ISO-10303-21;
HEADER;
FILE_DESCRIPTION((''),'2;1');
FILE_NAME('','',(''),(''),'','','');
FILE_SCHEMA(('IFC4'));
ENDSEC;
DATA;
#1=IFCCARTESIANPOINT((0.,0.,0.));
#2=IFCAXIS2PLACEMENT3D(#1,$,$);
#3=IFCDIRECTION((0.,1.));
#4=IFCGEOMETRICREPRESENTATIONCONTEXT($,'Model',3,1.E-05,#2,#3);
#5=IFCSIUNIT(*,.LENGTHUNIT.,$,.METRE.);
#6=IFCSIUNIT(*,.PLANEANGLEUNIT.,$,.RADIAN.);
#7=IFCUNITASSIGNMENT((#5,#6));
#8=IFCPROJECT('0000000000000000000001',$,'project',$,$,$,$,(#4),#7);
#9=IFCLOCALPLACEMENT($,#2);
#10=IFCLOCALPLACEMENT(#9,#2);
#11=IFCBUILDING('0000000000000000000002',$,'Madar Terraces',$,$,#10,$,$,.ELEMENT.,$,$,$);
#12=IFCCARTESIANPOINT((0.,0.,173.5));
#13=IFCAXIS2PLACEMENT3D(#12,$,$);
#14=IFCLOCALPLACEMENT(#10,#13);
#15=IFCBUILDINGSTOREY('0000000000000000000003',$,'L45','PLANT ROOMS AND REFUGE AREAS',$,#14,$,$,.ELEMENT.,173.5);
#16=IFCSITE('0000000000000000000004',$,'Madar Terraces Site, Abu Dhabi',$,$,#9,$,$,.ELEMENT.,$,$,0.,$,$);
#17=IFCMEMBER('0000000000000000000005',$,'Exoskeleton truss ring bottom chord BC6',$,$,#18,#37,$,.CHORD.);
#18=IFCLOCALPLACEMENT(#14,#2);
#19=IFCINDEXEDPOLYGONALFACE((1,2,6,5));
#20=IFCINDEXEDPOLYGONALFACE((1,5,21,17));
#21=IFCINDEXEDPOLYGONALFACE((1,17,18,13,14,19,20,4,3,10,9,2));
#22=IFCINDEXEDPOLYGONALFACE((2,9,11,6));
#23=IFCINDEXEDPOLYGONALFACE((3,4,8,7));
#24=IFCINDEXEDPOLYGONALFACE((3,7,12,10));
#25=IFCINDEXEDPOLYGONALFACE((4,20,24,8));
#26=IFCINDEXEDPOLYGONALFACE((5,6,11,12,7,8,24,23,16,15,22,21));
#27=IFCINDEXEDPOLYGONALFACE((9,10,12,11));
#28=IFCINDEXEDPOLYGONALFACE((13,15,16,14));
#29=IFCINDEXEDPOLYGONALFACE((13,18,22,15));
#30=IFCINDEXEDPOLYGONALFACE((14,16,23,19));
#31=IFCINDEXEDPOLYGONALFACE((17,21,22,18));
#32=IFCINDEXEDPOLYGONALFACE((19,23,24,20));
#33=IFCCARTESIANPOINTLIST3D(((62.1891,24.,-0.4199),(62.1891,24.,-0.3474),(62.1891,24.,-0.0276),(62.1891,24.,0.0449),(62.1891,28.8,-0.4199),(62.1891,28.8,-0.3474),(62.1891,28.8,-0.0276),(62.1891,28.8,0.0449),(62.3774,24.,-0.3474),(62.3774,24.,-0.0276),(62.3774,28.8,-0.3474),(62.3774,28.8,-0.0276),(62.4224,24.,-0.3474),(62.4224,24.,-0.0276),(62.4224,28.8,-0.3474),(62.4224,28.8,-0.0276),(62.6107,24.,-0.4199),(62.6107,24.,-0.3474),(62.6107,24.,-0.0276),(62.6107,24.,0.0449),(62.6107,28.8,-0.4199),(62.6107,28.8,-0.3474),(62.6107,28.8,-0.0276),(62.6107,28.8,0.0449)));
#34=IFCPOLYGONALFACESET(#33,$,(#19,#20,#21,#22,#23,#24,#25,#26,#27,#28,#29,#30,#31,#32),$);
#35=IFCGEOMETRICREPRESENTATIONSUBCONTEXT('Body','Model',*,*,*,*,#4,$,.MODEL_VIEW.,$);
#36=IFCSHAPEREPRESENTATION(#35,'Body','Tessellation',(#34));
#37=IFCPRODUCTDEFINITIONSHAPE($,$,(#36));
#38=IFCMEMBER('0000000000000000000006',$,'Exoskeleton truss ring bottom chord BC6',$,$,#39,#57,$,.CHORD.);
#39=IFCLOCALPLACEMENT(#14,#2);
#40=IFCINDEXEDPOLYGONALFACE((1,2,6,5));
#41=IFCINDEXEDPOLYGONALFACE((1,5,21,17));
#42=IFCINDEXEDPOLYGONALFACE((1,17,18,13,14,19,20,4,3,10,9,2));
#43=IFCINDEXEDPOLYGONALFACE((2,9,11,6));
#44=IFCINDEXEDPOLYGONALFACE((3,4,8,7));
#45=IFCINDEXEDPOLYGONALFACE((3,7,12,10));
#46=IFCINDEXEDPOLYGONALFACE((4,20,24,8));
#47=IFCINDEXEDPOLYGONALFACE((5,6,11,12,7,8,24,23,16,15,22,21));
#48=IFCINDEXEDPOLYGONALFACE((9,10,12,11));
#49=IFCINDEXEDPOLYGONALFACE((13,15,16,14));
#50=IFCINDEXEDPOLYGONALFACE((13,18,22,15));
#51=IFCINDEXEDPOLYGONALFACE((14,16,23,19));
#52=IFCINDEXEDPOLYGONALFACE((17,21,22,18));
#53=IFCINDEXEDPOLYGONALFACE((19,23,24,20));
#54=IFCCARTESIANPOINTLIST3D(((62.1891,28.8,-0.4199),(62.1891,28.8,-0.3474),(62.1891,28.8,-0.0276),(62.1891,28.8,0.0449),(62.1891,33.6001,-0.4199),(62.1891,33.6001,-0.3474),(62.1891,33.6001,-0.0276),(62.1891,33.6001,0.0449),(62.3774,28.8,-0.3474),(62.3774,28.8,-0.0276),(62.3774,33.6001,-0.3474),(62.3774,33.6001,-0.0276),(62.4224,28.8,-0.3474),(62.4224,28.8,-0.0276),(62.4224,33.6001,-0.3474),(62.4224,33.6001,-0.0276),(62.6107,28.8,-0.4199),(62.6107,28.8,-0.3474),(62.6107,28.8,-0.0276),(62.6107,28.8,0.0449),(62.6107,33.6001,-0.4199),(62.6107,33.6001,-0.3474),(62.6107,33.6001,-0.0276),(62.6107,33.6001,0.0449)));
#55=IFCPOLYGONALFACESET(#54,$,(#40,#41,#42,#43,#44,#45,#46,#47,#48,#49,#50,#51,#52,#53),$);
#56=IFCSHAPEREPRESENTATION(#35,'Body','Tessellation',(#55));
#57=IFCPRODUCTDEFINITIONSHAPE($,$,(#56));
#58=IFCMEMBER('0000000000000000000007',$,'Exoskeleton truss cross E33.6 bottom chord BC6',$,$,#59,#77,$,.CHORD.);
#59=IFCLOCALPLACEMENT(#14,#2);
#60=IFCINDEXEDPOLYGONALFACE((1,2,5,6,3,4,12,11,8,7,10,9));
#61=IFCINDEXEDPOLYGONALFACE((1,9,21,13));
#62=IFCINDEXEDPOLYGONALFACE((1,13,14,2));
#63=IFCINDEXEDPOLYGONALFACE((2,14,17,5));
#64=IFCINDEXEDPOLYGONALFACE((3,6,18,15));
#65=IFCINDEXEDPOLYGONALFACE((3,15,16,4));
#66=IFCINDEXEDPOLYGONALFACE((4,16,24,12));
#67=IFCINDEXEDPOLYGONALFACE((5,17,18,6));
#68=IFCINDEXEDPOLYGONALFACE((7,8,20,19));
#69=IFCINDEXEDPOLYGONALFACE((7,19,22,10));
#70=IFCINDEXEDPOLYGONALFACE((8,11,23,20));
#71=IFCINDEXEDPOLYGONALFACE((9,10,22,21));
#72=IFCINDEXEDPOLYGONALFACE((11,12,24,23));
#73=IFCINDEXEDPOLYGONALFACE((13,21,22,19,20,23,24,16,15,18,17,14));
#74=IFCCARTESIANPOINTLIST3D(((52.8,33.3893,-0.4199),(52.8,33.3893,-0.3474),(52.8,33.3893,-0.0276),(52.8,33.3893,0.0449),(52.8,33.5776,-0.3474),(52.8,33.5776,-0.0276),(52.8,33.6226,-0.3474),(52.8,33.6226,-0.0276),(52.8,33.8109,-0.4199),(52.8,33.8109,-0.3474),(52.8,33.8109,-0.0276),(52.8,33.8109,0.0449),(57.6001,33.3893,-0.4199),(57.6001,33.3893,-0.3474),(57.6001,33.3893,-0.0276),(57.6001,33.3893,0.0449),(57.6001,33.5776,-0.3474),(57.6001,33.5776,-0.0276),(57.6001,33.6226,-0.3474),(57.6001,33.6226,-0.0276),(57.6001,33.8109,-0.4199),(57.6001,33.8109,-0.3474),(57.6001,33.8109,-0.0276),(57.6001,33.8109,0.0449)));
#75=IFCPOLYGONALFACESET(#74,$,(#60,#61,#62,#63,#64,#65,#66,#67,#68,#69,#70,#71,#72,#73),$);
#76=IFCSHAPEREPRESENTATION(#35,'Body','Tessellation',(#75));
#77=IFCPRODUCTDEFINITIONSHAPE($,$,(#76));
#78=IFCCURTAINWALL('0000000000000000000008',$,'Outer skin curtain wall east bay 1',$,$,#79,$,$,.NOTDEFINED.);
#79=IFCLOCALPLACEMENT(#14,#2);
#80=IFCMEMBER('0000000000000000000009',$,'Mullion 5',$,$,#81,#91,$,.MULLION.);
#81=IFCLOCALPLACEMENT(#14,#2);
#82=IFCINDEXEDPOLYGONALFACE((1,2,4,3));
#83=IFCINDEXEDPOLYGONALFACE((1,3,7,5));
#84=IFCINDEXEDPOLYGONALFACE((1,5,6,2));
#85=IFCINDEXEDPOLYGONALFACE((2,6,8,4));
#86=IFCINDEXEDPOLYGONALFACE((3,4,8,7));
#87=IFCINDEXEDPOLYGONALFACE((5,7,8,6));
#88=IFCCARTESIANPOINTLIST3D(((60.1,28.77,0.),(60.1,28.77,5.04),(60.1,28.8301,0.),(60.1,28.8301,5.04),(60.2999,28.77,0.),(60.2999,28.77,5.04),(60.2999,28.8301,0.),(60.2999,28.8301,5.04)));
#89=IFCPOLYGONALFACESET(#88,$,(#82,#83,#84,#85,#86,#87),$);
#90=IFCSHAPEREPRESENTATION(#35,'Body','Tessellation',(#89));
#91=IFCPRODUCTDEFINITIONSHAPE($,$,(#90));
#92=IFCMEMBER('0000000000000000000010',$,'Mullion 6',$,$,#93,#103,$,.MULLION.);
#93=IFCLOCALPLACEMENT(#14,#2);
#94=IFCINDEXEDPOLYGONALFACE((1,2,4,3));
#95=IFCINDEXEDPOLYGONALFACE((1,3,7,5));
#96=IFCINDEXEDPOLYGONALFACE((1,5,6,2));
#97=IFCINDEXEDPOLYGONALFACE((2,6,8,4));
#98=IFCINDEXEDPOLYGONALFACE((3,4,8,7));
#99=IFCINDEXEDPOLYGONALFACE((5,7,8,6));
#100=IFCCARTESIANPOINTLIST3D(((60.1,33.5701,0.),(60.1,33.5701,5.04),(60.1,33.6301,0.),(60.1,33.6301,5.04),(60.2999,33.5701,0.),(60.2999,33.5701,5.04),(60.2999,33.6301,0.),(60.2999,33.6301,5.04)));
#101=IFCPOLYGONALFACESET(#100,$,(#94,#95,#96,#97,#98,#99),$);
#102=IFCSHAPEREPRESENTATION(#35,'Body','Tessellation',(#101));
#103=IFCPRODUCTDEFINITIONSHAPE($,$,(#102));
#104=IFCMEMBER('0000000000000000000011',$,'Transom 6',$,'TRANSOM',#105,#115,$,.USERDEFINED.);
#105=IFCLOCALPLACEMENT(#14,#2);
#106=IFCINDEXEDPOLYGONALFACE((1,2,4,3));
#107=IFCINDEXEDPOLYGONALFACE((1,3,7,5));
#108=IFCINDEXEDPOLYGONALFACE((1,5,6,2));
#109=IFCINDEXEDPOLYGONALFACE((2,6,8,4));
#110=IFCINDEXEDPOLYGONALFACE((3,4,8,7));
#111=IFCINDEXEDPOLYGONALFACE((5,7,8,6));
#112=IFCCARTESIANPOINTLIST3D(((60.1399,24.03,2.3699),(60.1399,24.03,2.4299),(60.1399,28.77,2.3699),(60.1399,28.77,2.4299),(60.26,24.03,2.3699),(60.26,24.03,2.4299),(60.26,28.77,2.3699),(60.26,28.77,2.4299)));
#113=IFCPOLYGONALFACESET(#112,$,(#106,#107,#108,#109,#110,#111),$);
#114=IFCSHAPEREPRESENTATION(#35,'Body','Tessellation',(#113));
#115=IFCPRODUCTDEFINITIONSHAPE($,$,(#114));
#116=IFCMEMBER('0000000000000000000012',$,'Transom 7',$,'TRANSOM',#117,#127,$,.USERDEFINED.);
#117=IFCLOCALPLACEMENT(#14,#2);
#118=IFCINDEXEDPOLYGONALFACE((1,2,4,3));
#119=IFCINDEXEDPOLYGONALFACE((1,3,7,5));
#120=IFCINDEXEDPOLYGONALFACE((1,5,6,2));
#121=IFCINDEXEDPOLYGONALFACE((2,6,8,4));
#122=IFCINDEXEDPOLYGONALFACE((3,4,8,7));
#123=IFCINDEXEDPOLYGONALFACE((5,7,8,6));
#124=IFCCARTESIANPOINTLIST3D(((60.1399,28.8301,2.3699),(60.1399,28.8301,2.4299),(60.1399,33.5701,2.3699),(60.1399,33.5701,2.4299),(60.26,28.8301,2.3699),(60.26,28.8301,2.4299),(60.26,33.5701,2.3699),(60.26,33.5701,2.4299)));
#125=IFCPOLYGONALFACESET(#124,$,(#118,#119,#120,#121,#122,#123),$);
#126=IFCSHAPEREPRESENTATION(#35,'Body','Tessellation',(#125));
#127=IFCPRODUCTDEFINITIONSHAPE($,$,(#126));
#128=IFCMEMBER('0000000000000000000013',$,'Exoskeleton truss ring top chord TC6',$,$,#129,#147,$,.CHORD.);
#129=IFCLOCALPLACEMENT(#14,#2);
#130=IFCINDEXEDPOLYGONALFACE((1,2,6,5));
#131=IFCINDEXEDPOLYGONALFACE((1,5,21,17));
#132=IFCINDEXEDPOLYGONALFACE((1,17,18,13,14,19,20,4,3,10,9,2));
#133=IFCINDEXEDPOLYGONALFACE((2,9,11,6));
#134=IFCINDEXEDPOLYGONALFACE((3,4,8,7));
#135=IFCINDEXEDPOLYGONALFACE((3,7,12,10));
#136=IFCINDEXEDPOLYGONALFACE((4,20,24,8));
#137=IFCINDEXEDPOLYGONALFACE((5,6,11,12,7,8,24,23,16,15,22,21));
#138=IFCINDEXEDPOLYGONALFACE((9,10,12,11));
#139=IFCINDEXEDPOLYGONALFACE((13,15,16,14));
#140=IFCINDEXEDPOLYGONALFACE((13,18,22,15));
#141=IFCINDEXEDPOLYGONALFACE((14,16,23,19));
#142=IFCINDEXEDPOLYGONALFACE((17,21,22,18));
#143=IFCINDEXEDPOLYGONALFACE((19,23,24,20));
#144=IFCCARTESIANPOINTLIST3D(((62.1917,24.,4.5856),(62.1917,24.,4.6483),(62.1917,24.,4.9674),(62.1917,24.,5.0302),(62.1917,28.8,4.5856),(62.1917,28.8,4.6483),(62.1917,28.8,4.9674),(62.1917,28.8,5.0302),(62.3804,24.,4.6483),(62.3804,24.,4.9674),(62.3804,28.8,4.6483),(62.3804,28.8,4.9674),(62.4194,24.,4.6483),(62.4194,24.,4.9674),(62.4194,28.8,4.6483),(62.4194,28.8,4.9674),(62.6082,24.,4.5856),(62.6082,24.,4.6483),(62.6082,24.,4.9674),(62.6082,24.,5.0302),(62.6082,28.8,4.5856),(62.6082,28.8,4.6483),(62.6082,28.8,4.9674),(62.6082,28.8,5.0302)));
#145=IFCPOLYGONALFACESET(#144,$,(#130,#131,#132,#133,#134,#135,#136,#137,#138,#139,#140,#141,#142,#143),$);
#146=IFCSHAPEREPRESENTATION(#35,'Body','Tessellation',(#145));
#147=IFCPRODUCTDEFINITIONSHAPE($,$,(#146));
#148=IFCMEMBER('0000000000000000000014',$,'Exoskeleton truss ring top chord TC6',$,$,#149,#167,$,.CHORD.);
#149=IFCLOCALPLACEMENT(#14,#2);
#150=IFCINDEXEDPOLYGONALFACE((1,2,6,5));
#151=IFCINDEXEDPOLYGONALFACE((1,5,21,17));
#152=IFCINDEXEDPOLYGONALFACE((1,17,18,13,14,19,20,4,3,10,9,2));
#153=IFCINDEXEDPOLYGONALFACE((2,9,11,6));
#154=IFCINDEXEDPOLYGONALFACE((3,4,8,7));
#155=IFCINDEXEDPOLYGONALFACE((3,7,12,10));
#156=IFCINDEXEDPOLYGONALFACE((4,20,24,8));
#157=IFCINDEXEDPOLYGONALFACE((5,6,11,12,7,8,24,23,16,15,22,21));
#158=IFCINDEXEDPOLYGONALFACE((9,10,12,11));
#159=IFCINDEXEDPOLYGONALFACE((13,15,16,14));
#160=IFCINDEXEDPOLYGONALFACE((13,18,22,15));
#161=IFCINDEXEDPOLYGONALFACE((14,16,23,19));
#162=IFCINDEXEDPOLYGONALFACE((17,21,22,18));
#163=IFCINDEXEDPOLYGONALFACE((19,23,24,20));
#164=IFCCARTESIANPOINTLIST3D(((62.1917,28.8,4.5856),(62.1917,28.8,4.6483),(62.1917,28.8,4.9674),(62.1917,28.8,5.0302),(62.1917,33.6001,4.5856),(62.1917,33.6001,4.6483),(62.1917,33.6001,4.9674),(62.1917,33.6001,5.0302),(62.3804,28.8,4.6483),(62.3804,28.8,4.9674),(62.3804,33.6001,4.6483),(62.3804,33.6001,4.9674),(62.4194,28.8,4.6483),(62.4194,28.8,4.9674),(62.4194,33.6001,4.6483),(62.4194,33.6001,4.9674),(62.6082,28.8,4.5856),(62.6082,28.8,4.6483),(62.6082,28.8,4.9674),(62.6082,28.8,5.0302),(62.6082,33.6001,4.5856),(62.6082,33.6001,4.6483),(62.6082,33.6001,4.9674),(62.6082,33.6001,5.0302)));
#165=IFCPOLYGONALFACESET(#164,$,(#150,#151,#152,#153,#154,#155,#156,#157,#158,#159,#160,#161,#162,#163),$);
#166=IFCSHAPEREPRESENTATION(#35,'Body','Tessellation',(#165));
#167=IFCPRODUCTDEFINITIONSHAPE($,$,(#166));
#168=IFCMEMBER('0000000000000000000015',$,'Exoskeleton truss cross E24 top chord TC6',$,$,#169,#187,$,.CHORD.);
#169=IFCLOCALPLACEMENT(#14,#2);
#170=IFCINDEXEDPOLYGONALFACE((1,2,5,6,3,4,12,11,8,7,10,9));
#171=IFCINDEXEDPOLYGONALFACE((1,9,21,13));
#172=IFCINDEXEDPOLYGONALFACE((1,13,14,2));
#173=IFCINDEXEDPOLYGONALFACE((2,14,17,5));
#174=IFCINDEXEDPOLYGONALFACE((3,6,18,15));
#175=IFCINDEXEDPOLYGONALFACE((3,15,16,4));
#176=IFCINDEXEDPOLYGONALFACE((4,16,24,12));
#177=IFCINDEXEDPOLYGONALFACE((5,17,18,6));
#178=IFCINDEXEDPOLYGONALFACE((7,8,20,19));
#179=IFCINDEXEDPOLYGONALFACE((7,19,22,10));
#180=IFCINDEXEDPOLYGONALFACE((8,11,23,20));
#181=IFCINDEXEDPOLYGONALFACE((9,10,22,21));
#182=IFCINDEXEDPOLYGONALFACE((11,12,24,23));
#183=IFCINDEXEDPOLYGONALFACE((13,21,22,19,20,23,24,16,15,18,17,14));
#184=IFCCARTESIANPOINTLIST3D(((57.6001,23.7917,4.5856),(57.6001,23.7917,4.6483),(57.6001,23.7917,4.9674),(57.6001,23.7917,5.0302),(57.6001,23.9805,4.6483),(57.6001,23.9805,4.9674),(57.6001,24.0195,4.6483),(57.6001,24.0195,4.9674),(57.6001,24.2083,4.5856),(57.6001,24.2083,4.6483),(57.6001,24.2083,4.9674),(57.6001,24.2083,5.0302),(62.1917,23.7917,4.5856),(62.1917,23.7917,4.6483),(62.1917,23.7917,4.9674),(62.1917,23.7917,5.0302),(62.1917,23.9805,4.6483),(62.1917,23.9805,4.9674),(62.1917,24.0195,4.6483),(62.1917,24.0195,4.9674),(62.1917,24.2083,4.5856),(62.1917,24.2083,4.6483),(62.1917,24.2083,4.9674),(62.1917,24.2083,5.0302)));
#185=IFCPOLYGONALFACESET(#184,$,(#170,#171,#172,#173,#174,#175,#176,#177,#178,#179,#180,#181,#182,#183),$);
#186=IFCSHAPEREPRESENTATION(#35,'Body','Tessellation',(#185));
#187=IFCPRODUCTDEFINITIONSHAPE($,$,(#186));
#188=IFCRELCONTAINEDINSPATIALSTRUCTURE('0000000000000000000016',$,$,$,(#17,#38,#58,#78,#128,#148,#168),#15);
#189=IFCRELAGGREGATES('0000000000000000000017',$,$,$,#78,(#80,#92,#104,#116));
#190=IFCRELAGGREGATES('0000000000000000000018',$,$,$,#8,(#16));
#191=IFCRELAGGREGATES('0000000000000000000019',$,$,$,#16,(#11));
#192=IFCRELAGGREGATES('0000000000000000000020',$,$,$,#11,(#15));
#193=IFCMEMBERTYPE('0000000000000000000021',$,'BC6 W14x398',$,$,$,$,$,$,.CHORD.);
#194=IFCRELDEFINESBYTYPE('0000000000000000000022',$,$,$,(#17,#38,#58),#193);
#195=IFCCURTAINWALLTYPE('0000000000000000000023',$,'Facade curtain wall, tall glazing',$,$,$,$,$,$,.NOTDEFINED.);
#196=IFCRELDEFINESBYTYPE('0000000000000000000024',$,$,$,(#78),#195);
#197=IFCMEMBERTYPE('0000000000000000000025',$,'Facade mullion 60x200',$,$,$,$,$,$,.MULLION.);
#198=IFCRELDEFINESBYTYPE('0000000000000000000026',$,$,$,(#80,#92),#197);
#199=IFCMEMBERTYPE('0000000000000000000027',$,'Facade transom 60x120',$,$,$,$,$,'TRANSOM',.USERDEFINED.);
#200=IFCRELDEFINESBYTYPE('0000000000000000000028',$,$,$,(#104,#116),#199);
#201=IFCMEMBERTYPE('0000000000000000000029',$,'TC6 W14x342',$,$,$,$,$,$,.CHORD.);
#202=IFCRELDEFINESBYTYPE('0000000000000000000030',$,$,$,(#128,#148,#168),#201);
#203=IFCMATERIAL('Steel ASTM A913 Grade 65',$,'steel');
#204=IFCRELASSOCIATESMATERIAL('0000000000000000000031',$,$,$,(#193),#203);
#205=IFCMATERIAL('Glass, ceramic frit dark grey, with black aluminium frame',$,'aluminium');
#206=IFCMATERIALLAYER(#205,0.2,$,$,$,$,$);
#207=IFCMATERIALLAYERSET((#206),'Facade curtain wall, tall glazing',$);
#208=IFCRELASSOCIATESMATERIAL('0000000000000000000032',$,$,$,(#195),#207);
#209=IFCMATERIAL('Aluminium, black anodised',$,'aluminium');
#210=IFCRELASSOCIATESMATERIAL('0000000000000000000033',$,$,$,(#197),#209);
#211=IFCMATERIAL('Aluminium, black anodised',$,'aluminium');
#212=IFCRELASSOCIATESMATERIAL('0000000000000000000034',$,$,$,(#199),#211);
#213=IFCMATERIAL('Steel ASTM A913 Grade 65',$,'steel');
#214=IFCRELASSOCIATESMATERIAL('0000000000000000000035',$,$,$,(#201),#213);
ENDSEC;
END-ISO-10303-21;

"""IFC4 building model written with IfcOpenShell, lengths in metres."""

from ifc_helpers import new_model, si_unit, direction, frame, origin, origin_2d, place, context, subcontext, project, spatial, rectangle, i_section, extrude, material, layer, layer_set, material_profile, profile_set, type_object, element, aggregate, save


model = new_model("IFC4")

# Units and contexts
model_context = context("Model", 3, precision=1e-05, world=origin(), true_north=direction((0.0, 1.0)))
body_context = subcontext(model_context, "Body", "Model", "MODEL_VIEW")
ifc_project = project(units=[si_unit("LENGTHUNIT", "METRE"), si_unit("PLANEANGLEUNIT", "RADIAN")], contexts=[model_context])

# Site, building, storey
site_placement = place(None, origin())
site = spatial("IfcSite", under=ifc_project, at=site_placement, Name="Madar Terraces Site, Abu Dhabi", CompositionType="ELEMENT", RefElevation=0.0)
building_placement = place(site_placement, origin())
building = spatial("IfcBuilding", under=site, at=building_placement, Name="Madar Terraces", CompositionType="ELEMENT")
storey_placement = place(building_placement, frame((0.0, 0.0, 173.5)))
storey = spatial("IfcBuildingStorey", under=building, at=storey_placement, Name="L45", Description="PLANT ROOMS AND REFUGE AREAS", CompositionType="ELEMENT", Elevation=173.5)

# Members
ifc_material_1 = material(Name="Steel ASTM A913 Grade 65", Category="steel")
ifc_material_profile_1 = material_profile(ifc_material_1, i_section(OverallWidth=0.4216, OverallDepth=0.4648, WebThickness=0.0449, FlangeThickness=0.0725, at=origin_2d()), Name="W14x398")
ifc_profile_set_1 = profile_set([ifc_material_profile_1], Name="Steel ASTM A913 Grade 65")
member_type_1 = type_object("IfcMemberType", Name="BC6 W14x398", PredefinedType="CHORD", material=ifc_profile_set_1)
for number, where, z_axis, x_axis, name in (
    (1, (62.3999, 24.0, -0.1875), (0.0, 1.0, 0.0), (-1.0, 0.0, 0.0), "Exoskeleton truss ring bottom chord BC6"),
    (2, (62.3999, 28.8, -0.1875), (0.0, 1.0, 0.0), (-1.0, 0.0, 0.0), "Exoskeleton truss ring bottom chord BC6"),
    (3, (57.6001, 33.6001, -0.1875), (-1.0, 0.0, 0.0), (0.0, -1.0, 0.0), "Exoskeleton truss cross E33.6 bottom chord BC6"),
):
    element("IfcMember", number, at=place(storey_placement, frame(where, z_axis=z_axis, x_axis=x_axis)), inside=storey, type_object=member_type_1, Name=name, PredefinedType="CHORD", context=body_context, shape_type="SweptSolid", body=[
        extrude(i_section(OverallWidth=0.4216, OverallDepth=0.4648, WebThickness=0.0449, FlangeThickness=0.0725, at=origin_2d()), origin(), (0.0, 0.0, 1.0), 4.8),
    ])

# Curtain wall, members
ifc_material_2 = material(Name="Glass, ceramic frit dark grey, with black aluminium frame", Category="aluminium")
ifc_layer_1 = layer(ifc_material_2, 0.2)
ifc_layer_set_1 = layer_set([ifc_layer_1], Name="Facade curtain wall, tall glazing")
curtain_wall_type = type_object("IfcCurtainWallType", Name="Facade curtain wall, tall glazing", PredefinedType="NOTDEFINED", material=ifc_layer_set_1)
curtain_wall_placement = place(storey_placement, origin())
curtain_wall = element("IfcCurtainWall", 4, at=curtain_wall_placement, inside=storey, type_object=curtain_wall_type, Name="Outer skin curtain wall east bay 1", PredefinedType="NOTDEFINED")
ifc_material_3 = material(Name="Aluminium, black anodised", Category="aluminium")
ifc_material_profile_2 = material_profile(ifc_material_3, rectangle(XDim=0.2, YDim=0.0601, at=origin_2d()), Name="Facade mullion 60x200")
ifc_profile_set_2 = profile_set([ifc_material_profile_2], Name="Aluminium, black anodised")
member_type_2 = type_object("IfcMemberType", Name="Facade mullion 60x200", PredefinedType="MULLION", material=ifc_profile_set_2)
member_1_placement = place(storey_placement, frame((60.2, 28.8, 0.0), z_axis=(0.0, 0.0, 1.0), x_axis=(-1.0, 0.0, 0.0)))
member_1 = element("IfcMember", 5, at=member_1_placement, type_object=member_type_2, Name="Mullion 5", PredefinedType="MULLION", context=body_context, shape_type="SweptSolid", body=[
    extrude(rectangle(XDim=0.2, YDim=0.0601, at=origin_2d()), origin(), (0.0, 0.0, 1.0), 5.04),
])
member_2_placement = place(storey_placement, frame((60.2, 33.6001, 0.0), z_axis=(0.0, 0.0, 1.0), x_axis=(-1.0, 0.0, 0.0)))
member_2 = element("IfcMember", 6, at=member_2_placement, type_object=member_type_2, Name="Mullion 6", PredefinedType="MULLION", context=body_context, shape_type="SweptSolid", body=[
    extrude(rectangle(XDim=0.2, YDim=0.0601, at=origin_2d()), origin(), (0.0, 0.0, 1.0), 5.04),
])
ifc_material_4 = material(Name="Aluminium, black anodised", Category="aluminium")
ifc_material_profile_3 = material_profile(ifc_material_4, rectangle(XDim=0.1201, YDim=0.0601, at=origin_2d()), Name="Facade transom 60x120")
ifc_profile_set_3 = profile_set([ifc_material_profile_3], Name="Aluminium, black anodised")
member_type_3 = type_object("IfcMemberType", Name="Facade transom 60x120", ElementType="TRANSOM", PredefinedType="USERDEFINED", material=ifc_profile_set_3)
member_3_placement = place(storey_placement, frame((60.2, 24.03, 2.3999), z_axis=(0.0, 1.0, 0.0), x_axis=(-1.0, 0.0, 0.0)))
member_3 = element("IfcMember", 7, at=member_3_placement, type_object=member_type_3, Name="Transom 6", ObjectType="TRANSOM", PredefinedType="USERDEFINED", context=body_context, shape_type="SweptSolid", body=[
    extrude(rectangle(XDim=0.1201, YDim=0.0601, at=origin_2d()), origin(), (0.0, 0.0, 1.0), 4.74),
])
member_4_placement = place(storey_placement, frame((60.2, 28.8301, 2.3999), z_axis=(0.0, 1.0, 0.0), x_axis=(-1.0, 0.0, 0.0)))
member_4 = element("IfcMember", 8, at=member_4_placement, type_object=member_type_3, Name="Transom 7", ObjectType="TRANSOM", PredefinedType="USERDEFINED", context=body_context, shape_type="SweptSolid", body=[
    extrude(rectangle(XDim=0.1201, YDim=0.0601, at=origin_2d()), origin(), (0.0, 0.0, 1.0), 4.74),
])

# Members
ifc_material_5 = material(Name="Steel ASTM A913 Grade 65", Category="steel")
ifc_material_profile_4 = material_profile(ifc_material_5, i_section(OverallWidth=0.4165, OverallDepth=0.4446, WebThickness=0.0391, FlangeThickness=0.0627, at=origin_2d()), Name="W14x342")
ifc_profile_set_4 = profile_set([ifc_material_profile_4], Name="Steel ASTM A913 Grade 65")
member_type_4 = type_object("IfcMemberType", Name="TC6 W14x342", PredefinedType="CHORD", material=ifc_profile_set_4)
for number, where, z_axis, x_axis, name in (
    (9, (62.3999, 24.0, 4.8079), (0.0, 1.0, 0.0), (-1.0, 0.0, 0.0), "Exoskeleton truss ring top chord TC6"),
    (10, (62.3999, 28.8, 4.8079), (0.0, 1.0, 0.0), (-1.0, 0.0, 0.0), "Exoskeleton truss ring top chord TC6"),
):
    element("IfcMember", number, at=place(storey_placement, frame(where, z_axis=z_axis, x_axis=x_axis)), inside=storey, type_object=member_type_4, Name=name, PredefinedType="CHORD", context=body_context, shape_type="SweptSolid", body=[
        extrude(i_section(OverallWidth=0.4165, OverallDepth=0.4446, WebThickness=0.0391, FlangeThickness=0.0627, at=origin_2d()), origin(), (0.0, 0.0, 1.0), 4.8),
    ])
member_5_placement = place(storey_placement, frame((62.1917, 24.0, 4.8079), z_axis=(-1.0, 0.0, 0.0), x_axis=(0.0, -1.0, 0.0)))
element("IfcMember", 11, at=member_5_placement, inside=storey, type_object=member_type_4, Name="Exoskeleton truss cross E24 top chord TC6", PredefinedType="CHORD", context=body_context, shape_type="SweptSolid", body=[
    extrude(i_section(OverallWidth=0.4165, OverallDepth=0.4446, WebThickness=0.0391, FlangeThickness=0.0627, at=origin_2d()), origin(), (0.0, 0.0, 1.0), 4.5916),
])

aggregate(curtain_wall, [member_1, member_2, member_3, member_4])

save(model, "model.ifc")
